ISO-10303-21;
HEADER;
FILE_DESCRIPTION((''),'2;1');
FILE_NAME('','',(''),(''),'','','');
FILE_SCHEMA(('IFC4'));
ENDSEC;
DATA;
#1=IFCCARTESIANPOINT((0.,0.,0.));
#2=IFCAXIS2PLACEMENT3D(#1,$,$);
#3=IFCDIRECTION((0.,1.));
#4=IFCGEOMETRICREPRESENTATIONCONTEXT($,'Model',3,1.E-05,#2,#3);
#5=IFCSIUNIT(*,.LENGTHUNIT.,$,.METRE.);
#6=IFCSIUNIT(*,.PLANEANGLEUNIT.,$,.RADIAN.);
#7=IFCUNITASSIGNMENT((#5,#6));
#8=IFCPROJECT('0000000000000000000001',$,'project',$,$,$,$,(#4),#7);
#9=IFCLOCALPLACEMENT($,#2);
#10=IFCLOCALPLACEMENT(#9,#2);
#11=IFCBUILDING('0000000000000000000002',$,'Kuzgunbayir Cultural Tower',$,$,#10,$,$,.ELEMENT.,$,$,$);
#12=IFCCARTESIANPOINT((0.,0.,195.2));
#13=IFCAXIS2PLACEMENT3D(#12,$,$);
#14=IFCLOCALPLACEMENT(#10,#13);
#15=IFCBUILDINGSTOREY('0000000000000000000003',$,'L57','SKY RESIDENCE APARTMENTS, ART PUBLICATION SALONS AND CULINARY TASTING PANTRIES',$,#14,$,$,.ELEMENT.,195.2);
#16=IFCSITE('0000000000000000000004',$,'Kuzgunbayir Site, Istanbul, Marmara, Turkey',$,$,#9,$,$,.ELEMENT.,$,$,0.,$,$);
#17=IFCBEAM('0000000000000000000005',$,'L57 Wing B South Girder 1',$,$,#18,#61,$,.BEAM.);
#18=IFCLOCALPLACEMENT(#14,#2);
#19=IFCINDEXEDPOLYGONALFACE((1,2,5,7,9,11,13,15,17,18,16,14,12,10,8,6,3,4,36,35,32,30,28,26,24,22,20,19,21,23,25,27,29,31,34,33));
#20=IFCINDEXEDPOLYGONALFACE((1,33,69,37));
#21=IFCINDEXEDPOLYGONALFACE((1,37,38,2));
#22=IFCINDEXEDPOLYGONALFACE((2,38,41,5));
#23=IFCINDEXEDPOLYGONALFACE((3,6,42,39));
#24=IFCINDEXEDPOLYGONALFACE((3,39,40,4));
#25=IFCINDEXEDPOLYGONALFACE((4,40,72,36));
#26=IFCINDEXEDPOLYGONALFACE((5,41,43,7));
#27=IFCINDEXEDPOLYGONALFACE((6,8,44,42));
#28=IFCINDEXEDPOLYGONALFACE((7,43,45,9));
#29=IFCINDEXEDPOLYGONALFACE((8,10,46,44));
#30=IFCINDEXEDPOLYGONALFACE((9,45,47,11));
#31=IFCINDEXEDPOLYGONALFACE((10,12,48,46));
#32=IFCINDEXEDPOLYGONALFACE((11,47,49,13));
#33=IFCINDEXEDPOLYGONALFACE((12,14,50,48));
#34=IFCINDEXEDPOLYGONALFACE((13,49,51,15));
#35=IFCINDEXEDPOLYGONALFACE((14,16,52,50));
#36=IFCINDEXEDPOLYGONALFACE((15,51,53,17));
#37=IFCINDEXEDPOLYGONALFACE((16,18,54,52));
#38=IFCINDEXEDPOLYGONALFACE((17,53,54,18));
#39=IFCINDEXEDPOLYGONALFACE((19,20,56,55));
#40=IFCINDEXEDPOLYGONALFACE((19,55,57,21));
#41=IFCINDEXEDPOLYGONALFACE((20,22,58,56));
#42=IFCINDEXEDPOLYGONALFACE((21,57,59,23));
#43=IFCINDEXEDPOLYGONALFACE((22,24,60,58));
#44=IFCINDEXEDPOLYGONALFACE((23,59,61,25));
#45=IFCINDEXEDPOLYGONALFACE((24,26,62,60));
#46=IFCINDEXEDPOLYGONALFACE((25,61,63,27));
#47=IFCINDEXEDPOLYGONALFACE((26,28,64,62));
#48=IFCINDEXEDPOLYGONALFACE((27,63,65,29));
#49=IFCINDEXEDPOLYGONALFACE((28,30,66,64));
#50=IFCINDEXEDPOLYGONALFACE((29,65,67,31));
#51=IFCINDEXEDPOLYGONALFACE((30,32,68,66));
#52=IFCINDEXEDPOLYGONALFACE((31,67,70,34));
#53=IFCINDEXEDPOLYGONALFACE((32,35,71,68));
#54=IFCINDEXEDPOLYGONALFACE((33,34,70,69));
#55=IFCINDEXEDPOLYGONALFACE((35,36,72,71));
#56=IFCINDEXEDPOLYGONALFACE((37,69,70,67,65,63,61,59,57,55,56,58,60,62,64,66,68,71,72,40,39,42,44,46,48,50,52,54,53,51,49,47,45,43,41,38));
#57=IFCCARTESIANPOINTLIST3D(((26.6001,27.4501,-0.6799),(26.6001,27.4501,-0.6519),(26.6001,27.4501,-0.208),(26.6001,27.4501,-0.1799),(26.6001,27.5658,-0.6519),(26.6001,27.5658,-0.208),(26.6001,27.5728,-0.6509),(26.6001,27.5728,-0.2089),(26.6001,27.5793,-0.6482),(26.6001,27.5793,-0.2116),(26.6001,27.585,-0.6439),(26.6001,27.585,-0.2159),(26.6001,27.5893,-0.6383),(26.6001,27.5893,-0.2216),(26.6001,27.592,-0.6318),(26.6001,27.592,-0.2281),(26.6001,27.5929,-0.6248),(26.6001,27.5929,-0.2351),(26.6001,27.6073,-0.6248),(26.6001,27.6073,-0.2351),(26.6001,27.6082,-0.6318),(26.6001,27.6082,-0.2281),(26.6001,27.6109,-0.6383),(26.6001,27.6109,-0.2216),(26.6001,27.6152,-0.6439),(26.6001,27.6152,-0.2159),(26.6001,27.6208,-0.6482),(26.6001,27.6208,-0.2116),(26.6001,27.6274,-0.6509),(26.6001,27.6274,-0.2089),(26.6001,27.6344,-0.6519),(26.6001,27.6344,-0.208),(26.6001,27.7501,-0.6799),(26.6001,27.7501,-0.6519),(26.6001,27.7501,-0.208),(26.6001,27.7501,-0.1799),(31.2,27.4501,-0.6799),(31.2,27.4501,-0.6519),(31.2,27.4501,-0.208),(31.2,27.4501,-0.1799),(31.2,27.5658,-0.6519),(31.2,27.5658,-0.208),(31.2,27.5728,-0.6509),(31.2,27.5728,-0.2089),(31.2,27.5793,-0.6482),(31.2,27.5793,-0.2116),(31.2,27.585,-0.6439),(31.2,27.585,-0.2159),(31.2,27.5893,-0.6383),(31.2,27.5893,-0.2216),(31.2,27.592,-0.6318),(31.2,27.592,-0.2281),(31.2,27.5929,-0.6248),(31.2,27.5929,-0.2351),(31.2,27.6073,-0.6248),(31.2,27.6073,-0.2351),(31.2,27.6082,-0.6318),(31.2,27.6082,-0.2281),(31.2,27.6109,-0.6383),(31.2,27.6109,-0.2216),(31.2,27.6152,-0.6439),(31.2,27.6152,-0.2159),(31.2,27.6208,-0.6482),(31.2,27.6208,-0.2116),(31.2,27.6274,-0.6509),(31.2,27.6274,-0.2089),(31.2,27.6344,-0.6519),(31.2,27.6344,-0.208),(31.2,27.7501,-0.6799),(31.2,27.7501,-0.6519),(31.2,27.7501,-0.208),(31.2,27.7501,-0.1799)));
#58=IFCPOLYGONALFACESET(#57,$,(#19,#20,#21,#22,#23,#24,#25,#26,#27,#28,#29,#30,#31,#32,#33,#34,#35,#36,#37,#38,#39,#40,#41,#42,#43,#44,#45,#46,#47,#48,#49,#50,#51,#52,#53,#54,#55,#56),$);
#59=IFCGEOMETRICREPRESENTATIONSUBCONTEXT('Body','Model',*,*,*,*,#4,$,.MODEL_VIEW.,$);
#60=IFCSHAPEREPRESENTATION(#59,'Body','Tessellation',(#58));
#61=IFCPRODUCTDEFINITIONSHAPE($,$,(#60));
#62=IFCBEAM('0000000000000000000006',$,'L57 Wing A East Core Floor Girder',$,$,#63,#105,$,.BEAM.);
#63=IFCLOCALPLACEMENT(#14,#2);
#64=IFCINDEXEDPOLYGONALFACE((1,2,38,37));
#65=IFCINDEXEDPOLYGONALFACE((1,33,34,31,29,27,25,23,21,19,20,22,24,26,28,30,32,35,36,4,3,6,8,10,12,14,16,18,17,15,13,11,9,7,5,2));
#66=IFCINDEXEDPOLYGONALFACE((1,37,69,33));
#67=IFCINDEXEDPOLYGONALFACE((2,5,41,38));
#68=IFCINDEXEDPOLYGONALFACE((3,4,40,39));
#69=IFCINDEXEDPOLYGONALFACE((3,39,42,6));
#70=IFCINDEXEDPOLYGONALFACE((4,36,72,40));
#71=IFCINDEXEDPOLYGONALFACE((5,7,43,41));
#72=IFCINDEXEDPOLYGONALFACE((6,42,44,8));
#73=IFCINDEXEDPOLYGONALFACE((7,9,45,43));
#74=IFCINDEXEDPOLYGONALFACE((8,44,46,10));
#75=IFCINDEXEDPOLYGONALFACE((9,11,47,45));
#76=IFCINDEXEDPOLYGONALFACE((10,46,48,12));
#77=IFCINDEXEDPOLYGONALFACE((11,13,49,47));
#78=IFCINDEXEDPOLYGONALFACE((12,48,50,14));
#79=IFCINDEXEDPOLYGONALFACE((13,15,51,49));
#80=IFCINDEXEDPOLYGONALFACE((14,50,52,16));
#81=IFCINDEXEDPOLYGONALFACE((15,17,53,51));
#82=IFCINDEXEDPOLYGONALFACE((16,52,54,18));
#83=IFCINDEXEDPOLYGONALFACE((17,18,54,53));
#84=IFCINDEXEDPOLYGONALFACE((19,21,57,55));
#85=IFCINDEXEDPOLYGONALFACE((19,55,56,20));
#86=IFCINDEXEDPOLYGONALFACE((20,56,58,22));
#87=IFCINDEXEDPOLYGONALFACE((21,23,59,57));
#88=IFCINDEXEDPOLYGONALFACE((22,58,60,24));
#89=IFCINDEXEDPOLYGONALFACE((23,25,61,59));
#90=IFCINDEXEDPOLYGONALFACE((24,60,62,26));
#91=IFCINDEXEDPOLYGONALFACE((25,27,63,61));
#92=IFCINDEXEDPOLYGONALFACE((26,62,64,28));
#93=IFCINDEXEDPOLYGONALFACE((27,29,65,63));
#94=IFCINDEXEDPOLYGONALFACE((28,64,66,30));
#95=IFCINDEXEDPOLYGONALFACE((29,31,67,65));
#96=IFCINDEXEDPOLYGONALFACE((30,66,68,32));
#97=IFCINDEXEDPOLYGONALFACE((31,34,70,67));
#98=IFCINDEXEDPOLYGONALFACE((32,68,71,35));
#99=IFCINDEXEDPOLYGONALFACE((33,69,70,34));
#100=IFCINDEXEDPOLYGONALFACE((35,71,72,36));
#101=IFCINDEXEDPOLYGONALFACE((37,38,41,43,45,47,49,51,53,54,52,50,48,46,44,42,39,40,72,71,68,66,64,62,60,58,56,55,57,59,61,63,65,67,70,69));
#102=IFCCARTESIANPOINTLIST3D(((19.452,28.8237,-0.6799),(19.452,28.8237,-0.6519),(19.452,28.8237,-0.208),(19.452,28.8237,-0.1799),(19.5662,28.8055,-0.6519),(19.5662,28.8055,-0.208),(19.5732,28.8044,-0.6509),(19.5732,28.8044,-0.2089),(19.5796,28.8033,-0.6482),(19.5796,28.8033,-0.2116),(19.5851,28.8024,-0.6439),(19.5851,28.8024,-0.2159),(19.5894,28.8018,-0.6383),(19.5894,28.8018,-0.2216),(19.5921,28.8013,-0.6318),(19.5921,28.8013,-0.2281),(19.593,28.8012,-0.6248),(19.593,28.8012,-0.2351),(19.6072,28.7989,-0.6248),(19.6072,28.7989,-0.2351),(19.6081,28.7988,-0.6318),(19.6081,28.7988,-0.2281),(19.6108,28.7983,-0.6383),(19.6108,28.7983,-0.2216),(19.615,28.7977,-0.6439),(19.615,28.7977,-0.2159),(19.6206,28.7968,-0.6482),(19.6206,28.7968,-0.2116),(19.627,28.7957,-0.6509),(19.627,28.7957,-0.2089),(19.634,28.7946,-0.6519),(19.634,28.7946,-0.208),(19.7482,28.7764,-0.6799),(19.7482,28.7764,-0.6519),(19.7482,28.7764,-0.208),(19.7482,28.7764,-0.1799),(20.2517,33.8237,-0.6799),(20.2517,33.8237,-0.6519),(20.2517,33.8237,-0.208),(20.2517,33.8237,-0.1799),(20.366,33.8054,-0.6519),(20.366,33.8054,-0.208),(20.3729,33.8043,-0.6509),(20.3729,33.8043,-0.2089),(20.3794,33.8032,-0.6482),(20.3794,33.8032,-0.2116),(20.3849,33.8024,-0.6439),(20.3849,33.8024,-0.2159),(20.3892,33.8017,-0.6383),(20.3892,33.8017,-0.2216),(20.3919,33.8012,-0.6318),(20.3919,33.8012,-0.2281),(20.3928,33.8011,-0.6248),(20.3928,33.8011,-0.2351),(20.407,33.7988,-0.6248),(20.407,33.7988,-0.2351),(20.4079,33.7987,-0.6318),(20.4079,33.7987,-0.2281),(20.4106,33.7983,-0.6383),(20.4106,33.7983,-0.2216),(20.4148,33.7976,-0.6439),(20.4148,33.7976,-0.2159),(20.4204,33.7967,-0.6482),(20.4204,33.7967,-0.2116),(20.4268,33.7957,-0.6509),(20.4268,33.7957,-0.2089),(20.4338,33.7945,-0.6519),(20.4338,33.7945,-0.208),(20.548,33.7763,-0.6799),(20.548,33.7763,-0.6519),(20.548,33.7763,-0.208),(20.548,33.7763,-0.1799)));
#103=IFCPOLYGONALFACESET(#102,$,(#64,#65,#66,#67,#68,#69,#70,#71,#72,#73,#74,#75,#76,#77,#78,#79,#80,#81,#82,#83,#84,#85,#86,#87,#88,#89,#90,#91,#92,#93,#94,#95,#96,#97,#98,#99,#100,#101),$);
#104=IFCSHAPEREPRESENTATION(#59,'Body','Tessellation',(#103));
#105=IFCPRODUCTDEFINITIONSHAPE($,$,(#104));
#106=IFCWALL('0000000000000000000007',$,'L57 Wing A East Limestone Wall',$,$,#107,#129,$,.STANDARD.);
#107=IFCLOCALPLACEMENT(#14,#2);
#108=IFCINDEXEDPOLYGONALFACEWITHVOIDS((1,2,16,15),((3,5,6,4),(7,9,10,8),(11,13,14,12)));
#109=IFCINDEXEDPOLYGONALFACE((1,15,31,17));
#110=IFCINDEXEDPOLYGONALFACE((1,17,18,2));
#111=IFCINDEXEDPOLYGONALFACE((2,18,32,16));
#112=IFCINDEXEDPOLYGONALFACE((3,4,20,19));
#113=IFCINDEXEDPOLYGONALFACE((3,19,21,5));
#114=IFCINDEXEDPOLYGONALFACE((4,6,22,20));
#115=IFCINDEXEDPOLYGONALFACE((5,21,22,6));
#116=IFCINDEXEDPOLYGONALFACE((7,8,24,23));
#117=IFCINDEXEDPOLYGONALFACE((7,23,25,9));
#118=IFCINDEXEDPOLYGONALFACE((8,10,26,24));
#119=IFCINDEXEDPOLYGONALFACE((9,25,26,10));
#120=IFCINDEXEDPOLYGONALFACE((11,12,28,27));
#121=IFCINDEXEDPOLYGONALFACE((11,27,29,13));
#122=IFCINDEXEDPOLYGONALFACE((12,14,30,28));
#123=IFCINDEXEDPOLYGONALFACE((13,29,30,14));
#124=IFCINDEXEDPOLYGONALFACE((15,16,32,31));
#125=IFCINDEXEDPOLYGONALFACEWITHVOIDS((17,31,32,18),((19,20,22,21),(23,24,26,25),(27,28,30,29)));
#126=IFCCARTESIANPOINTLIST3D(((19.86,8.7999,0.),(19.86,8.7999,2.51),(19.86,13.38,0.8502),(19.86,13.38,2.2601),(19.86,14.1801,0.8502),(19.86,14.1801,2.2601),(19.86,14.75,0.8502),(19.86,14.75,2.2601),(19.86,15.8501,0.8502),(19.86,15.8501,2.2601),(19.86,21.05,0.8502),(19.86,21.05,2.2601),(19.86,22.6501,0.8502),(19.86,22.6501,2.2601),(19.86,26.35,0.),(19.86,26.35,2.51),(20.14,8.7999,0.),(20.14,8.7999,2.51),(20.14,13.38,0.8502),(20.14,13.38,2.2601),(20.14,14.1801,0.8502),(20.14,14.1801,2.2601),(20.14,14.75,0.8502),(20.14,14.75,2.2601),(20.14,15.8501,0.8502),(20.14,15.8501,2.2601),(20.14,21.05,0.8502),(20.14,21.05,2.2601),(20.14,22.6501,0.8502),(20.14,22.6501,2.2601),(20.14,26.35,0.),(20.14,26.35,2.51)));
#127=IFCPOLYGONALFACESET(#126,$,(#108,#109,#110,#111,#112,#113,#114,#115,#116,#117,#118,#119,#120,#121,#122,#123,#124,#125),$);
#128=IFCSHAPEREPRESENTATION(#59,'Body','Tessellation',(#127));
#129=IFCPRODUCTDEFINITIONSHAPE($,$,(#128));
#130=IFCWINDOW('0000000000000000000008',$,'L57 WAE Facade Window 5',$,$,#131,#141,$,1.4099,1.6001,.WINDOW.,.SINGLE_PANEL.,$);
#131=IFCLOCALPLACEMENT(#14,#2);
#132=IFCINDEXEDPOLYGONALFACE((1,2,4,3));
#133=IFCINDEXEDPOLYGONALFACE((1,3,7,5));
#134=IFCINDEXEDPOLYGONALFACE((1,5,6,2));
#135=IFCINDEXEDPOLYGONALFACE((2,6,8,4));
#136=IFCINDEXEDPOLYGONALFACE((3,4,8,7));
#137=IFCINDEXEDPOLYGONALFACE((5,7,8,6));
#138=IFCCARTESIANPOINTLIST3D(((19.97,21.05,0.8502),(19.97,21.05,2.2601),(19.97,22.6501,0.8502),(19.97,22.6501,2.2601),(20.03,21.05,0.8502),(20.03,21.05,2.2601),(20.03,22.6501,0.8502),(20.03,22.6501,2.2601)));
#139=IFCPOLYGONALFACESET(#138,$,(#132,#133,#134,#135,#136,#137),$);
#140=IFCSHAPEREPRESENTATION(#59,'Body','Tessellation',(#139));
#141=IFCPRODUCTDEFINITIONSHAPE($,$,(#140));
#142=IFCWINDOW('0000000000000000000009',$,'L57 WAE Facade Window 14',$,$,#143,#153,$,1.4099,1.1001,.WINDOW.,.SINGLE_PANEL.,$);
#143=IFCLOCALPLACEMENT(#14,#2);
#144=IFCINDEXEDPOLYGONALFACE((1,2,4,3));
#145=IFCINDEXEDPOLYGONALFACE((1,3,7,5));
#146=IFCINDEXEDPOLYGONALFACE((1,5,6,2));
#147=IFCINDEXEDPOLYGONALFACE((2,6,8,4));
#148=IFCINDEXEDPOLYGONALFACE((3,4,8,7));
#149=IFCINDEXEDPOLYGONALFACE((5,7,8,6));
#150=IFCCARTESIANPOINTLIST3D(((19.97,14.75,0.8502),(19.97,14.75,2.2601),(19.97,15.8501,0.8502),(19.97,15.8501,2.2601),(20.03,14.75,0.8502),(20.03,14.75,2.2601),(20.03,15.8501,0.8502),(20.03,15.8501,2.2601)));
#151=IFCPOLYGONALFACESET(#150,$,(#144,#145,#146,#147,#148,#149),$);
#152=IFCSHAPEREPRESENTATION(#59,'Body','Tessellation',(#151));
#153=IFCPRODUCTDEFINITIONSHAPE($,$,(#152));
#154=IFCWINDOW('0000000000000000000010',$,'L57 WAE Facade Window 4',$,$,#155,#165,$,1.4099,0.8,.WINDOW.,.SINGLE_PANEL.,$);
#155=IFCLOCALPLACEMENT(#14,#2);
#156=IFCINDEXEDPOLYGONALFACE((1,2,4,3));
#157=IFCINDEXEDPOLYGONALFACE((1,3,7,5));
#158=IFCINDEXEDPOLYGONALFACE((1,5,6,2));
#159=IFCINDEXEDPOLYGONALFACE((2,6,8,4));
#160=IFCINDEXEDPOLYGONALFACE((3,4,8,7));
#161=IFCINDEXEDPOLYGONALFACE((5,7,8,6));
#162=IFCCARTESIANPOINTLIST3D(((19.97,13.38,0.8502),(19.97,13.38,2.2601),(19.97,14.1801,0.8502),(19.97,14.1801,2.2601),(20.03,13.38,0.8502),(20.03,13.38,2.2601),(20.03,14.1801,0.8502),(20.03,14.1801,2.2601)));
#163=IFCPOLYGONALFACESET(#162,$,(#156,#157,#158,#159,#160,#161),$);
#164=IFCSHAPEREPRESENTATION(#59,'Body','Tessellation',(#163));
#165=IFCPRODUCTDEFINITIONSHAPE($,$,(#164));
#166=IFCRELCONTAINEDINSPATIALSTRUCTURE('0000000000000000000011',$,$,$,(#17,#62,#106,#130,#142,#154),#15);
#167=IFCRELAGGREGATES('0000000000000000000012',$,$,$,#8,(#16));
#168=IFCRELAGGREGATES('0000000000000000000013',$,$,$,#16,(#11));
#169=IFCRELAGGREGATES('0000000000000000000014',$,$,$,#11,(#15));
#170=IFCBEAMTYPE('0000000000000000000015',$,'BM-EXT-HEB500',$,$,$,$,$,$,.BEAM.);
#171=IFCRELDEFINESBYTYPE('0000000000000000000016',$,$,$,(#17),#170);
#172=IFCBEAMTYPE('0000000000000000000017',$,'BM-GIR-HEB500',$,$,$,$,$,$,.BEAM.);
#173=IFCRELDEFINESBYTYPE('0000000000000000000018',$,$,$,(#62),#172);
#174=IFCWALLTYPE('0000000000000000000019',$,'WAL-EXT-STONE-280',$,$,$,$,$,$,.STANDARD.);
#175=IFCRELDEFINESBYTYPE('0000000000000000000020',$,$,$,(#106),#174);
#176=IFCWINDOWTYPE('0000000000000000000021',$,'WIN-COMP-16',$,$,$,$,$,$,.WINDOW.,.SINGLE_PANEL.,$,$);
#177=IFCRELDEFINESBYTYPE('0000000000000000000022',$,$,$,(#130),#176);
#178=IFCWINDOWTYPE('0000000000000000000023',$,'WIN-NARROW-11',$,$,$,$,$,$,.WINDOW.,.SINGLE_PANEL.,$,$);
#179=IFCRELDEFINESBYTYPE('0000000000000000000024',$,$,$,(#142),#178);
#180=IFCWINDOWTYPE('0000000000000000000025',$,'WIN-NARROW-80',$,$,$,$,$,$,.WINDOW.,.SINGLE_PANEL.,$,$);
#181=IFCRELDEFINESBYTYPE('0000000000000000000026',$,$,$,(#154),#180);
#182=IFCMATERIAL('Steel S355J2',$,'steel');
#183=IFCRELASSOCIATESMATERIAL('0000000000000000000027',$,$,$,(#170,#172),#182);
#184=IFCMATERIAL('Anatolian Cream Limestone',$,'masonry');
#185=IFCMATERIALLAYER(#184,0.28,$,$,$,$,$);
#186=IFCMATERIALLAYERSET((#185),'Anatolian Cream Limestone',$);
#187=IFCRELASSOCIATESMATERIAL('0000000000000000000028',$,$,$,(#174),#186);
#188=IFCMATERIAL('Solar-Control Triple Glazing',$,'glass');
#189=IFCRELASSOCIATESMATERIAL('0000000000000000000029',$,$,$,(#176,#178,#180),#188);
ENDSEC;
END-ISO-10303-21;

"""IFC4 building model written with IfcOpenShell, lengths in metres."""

from ifc_helpers import new_model, si_unit, direction, frame, frame_2d, origin, origin_2d, place, context, subcontext, project, spatial, rectangle, i_section, extrude, material, layer, layer_set, material_profile, profile_set, type_object, element, fill, save


model = new_model("IFC4")

# Units and contexts
model_context = context("Model", 3, precision=1e-05, world=origin(), true_north=direction((0.0, 1.0)))
body_context = subcontext(model_context, "Body", "Model", "MODEL_VIEW")
ifc_project = project(units=[si_unit("LENGTHUNIT", "METRE"), si_unit("PLANEANGLEUNIT", "RADIAN")], contexts=[model_context])

# Site, building, storey
site_placement = place(None, origin())
site = spatial("IfcSite", under=ifc_project, at=site_placement, Name="Kuzgunbayir Site, Istanbul, Marmara, Turkey", CompositionType="ELEMENT", RefElevation=0.0)
building_placement = place(site_placement, origin())
building = spatial("IfcBuilding", under=site, at=building_placement, Name="Kuzgunbayir Cultural Tower", CompositionType="ELEMENT")
storey_placement = place(building_placement, frame((0.0, 0.0, 195.2)))
storey = spatial("IfcBuildingStorey", under=building, at=storey_placement, Name="L57", Description="SKY RESIDENCE APARTMENTS, ART PUBLICATION SALONS AND CULINARY TASTING PANTRIES", CompositionType="ELEMENT", Elevation=195.2)

# Beams
ifc_material_1 = material(Name="Steel S355J2", Category="steel")
ifc_material_profile_1 = material_profile(ifc_material_1, i_section(OverallWidth=0.3, OverallDepth=0.5, WebThickness=0.0144, FlangeThickness=0.0281, FilletRadius=0.0271, at=origin_2d()), Name="HEB 500")
ifc_profile_set_1 = profile_set([ifc_material_profile_1], Name="Steel S355J2")
beam_type_1 = type_object("IfcBeamType", Name="BM-EXT-HEB500", PredefinedType="BEAM", material=ifc_profile_set_1)
beam_1_placement = place(storey_placement, frame((26.6001, 27.6001, -0.4299), z_axis=(1.0, 0.0, 0.0), x_axis=(0.0, 1.0, 0.0)))
element("IfcBeam", 1, at=beam_1_placement, inside=storey, type_object=beam_type_1, Name="L57 Wing B South Girder 1", PredefinedType="BEAM", context=body_context, shape_type="SweptSolid", body=[
    extrude(i_section(OverallWidth=0.3, OverallDepth=0.5, WebThickness=0.0144, FlangeThickness=0.0281, FilletRadius=0.0271, at=origin_2d()), origin(), (0.0, 0.0, 1.0), 4.5999),
])
ifc_material_profile_2 = material_profile(ifc_material_1, i_section(OverallWidth=0.3, OverallDepth=0.5, WebThickness=0.0144, FlangeThickness=0.0281, FilletRadius=0.0271, at=origin_2d()), Name="HEB 500")
ifc_profile_set_2 = profile_set([ifc_material_profile_2], Name="Steel S355J2")
beam_type_2 = type_object("IfcBeamType", Name="BM-GIR-HEB500", PredefinedType="BEAM", material=ifc_profile_set_2)
beam_2_placement = place(storey_placement, frame((19.6001, 28.8, -0.4299), z_axis=(0.157953, 0.987447, 0.0), x_axis=(-0.987447, 0.157953, 0.0)))
element("IfcBeam", 2, at=beam_2_placement, inside=storey, type_object=beam_type_2, Name="L57 Wing A East Core Floor Girder", PredefinedType="BEAM", context=body_context, shape_type="SweptSolid", body=[
    extrude(i_section(OverallWidth=0.3, OverallDepth=0.5, WebThickness=0.0144, FlangeThickness=0.0281, FilletRadius=0.0271, at=origin_2d()), origin(), (0.0, 0.0, 1.0), 5.0635),
])

# Wall, openings, windows
ifc_material_2 = material(Name="Anatolian Cream Limestone", Category="masonry")
ifc_layer_1 = layer(ifc_material_2, 0.28)
ifc_layer_set_1 = layer_set([ifc_layer_1], Name="Anatolian Cream Limestone")
wall_type_1 = type_object("IfcWallType", Name="WAL-EXT-STONE-280", PredefinedType="STANDARD", material=ifc_layer_set_1)
wall_1_placement = place(storey_placement, frame((20.0, 8.8, 0.0), z_axis=(0.0, 0.0, 1.0), x_axis=(0.0, 1.0, 0.0)))
wall_1 = element("IfcWall", 3, at=wall_1_placement, inside=storey, type_object=wall_type_1, Name="L57 Wing A East Limestone Wall", PredefinedType="STANDARD", context=body_context, shape_type="SweptSolid", body=[
    extrude(rectangle(XDim=17.55, YDim=0.28, at=frame_2d((8.7749, 0.0))), origin(), (0.0, 0.0, 1.0), 2.51),
])
opening_1_placement = place(wall_1_placement, frame((4.5801, 0.0, 0.8501)))
opening_1 = element("IfcOpeningElement", 4, at=opening_1_placement, cuts=wall_1, PredefinedType="OPENING", context=body_context, shape_type="SweptSolid", body=[
    extrude(rectangle(XDim=0.8, YDim=1.4099, at=frame_2d((0.3999, 0.7051))), frame((0.0, 0.1499, 0.0), z_axis=(0.0, -1.0, 0.0), x_axis=(1.0, 0.0, 0.0)), (0.0, 0.0, 1.0), 0.3),
])
opening_2_placement = place(wall_1_placement, frame((12.25, 0.0, 0.8501)))
opening_2 = element("IfcOpeningElement", 5, at=opening_2_placement, cuts=wall_1, PredefinedType="OPENING", context=body_context, shape_type="SweptSolid", body=[
    extrude(rectangle(XDim=1.6001, YDim=1.4099, at=frame_2d((0.8, 0.7051))), frame((0.0, 0.1499, 0.0), z_axis=(0.0, -1.0, 0.0), x_axis=(1.0, 0.0, 0.0)), (0.0, 0.0, 1.0), 0.3),
])
opening_3_placement = place(wall_1_placement, frame((5.95, 0.0, 0.8501)))
opening_3 = element("IfcOpeningElement", 6, at=opening_3_placement, cuts=wall_1, PredefinedType="OPENING", context=body_context, shape_type="SweptSolid", body=[
    extrude(rectangle(XDim=1.1001, YDim=1.4099, at=frame_2d((0.55, 0.7051))), frame((0.0, 0.1499, 0.0), z_axis=(0.0, -1.0, 0.0), x_axis=(1.0, 0.0, 0.0)), (0.0, 0.0, 1.0), 0.3),
])
ifc_material_3 = material(Name="Solar-Control Triple Glazing", Category="glass")
window_type_1 = type_object("IfcWindowType", Name="WIN-COMP-16", PartitioningType="SINGLE_PANEL", PredefinedType="WINDOW", material=ifc_material_3)
window_1_placement = place(opening_2_placement, origin())
window_1 = element("IfcWindow", 7, at=window_1_placement, inside=storey, type_object=window_type_1, Name="L57 WAE Facade Window 5", OverallHeight=1.4099, OverallWidth=1.6001, PartitioningType="SINGLE_PANEL", PredefinedType="WINDOW", context=body_context, shape_type="SweptSolid", body=[
    extrude(rectangle(XDim=1.6001, YDim=1.4099, at=frame_2d((0.8, 0.7051))), frame((0.0, 0.03, 0.0), z_axis=(0.0, -1.0, 0.0), x_axis=(1.0, 0.0, 0.0)), (0.0, 0.0, 1.0), 0.0601),
])
fill(opening_2, window_1)
window_type_2 = type_object("IfcWindowType", Name="WIN-NARROW-11", PartitioningType="SINGLE_PANEL", PredefinedType="WINDOW", material=ifc_material_3)
window_2_placement = place(opening_3_placement, origin())
window_2 = element("IfcWindow", 8, at=window_2_placement, inside=storey, type_object=window_type_2, Name="L57 WAE Facade Window 14", OverallHeight=1.4099, OverallWidth=1.1001, PartitioningType="SINGLE_PANEL", PredefinedType="WINDOW", context=body_context, shape_type="SweptSolid", body=[
    extrude(rectangle(XDim=1.1001, YDim=1.4099, at=frame_2d((0.55, 0.7051))), frame((0.0, 0.03, 0.0), z_axis=(0.0, -1.0, 0.0), x_axis=(1.0, 0.0, 0.0)), (0.0, 0.0, 1.0), 0.0601),
])
fill(opening_3, window_2)
window_type_3 = type_object("IfcWindowType", Name="WIN-NARROW-80", PartitioningType="SINGLE_PANEL", PredefinedType="WINDOW", material=ifc_material_3)
window_3_placement = place(opening_1_placement, origin())
window_3 = element("IfcWindow", 9, at=window_3_placement, inside=storey, type_object=window_type_3, Name="L57 WAE Facade Window 4", OverallHeight=1.4099, OverallWidth=0.8, PartitioningType="SINGLE_PANEL", PredefinedType="WINDOW", context=body_context, shape_type="SweptSolid", body=[
    extrude(rectangle(XDim=0.8, YDim=1.4099, at=frame_2d((0.3999, 0.7051))), frame((0.0, 0.03, 0.0), z_axis=(0.0, -1.0, 0.0), x_axis=(1.0, 0.0, 0.0)), (0.0, 0.0, 1.0), 0.0601),
])
fill(opening_1, window_3)

save(model, "model.ifc")
